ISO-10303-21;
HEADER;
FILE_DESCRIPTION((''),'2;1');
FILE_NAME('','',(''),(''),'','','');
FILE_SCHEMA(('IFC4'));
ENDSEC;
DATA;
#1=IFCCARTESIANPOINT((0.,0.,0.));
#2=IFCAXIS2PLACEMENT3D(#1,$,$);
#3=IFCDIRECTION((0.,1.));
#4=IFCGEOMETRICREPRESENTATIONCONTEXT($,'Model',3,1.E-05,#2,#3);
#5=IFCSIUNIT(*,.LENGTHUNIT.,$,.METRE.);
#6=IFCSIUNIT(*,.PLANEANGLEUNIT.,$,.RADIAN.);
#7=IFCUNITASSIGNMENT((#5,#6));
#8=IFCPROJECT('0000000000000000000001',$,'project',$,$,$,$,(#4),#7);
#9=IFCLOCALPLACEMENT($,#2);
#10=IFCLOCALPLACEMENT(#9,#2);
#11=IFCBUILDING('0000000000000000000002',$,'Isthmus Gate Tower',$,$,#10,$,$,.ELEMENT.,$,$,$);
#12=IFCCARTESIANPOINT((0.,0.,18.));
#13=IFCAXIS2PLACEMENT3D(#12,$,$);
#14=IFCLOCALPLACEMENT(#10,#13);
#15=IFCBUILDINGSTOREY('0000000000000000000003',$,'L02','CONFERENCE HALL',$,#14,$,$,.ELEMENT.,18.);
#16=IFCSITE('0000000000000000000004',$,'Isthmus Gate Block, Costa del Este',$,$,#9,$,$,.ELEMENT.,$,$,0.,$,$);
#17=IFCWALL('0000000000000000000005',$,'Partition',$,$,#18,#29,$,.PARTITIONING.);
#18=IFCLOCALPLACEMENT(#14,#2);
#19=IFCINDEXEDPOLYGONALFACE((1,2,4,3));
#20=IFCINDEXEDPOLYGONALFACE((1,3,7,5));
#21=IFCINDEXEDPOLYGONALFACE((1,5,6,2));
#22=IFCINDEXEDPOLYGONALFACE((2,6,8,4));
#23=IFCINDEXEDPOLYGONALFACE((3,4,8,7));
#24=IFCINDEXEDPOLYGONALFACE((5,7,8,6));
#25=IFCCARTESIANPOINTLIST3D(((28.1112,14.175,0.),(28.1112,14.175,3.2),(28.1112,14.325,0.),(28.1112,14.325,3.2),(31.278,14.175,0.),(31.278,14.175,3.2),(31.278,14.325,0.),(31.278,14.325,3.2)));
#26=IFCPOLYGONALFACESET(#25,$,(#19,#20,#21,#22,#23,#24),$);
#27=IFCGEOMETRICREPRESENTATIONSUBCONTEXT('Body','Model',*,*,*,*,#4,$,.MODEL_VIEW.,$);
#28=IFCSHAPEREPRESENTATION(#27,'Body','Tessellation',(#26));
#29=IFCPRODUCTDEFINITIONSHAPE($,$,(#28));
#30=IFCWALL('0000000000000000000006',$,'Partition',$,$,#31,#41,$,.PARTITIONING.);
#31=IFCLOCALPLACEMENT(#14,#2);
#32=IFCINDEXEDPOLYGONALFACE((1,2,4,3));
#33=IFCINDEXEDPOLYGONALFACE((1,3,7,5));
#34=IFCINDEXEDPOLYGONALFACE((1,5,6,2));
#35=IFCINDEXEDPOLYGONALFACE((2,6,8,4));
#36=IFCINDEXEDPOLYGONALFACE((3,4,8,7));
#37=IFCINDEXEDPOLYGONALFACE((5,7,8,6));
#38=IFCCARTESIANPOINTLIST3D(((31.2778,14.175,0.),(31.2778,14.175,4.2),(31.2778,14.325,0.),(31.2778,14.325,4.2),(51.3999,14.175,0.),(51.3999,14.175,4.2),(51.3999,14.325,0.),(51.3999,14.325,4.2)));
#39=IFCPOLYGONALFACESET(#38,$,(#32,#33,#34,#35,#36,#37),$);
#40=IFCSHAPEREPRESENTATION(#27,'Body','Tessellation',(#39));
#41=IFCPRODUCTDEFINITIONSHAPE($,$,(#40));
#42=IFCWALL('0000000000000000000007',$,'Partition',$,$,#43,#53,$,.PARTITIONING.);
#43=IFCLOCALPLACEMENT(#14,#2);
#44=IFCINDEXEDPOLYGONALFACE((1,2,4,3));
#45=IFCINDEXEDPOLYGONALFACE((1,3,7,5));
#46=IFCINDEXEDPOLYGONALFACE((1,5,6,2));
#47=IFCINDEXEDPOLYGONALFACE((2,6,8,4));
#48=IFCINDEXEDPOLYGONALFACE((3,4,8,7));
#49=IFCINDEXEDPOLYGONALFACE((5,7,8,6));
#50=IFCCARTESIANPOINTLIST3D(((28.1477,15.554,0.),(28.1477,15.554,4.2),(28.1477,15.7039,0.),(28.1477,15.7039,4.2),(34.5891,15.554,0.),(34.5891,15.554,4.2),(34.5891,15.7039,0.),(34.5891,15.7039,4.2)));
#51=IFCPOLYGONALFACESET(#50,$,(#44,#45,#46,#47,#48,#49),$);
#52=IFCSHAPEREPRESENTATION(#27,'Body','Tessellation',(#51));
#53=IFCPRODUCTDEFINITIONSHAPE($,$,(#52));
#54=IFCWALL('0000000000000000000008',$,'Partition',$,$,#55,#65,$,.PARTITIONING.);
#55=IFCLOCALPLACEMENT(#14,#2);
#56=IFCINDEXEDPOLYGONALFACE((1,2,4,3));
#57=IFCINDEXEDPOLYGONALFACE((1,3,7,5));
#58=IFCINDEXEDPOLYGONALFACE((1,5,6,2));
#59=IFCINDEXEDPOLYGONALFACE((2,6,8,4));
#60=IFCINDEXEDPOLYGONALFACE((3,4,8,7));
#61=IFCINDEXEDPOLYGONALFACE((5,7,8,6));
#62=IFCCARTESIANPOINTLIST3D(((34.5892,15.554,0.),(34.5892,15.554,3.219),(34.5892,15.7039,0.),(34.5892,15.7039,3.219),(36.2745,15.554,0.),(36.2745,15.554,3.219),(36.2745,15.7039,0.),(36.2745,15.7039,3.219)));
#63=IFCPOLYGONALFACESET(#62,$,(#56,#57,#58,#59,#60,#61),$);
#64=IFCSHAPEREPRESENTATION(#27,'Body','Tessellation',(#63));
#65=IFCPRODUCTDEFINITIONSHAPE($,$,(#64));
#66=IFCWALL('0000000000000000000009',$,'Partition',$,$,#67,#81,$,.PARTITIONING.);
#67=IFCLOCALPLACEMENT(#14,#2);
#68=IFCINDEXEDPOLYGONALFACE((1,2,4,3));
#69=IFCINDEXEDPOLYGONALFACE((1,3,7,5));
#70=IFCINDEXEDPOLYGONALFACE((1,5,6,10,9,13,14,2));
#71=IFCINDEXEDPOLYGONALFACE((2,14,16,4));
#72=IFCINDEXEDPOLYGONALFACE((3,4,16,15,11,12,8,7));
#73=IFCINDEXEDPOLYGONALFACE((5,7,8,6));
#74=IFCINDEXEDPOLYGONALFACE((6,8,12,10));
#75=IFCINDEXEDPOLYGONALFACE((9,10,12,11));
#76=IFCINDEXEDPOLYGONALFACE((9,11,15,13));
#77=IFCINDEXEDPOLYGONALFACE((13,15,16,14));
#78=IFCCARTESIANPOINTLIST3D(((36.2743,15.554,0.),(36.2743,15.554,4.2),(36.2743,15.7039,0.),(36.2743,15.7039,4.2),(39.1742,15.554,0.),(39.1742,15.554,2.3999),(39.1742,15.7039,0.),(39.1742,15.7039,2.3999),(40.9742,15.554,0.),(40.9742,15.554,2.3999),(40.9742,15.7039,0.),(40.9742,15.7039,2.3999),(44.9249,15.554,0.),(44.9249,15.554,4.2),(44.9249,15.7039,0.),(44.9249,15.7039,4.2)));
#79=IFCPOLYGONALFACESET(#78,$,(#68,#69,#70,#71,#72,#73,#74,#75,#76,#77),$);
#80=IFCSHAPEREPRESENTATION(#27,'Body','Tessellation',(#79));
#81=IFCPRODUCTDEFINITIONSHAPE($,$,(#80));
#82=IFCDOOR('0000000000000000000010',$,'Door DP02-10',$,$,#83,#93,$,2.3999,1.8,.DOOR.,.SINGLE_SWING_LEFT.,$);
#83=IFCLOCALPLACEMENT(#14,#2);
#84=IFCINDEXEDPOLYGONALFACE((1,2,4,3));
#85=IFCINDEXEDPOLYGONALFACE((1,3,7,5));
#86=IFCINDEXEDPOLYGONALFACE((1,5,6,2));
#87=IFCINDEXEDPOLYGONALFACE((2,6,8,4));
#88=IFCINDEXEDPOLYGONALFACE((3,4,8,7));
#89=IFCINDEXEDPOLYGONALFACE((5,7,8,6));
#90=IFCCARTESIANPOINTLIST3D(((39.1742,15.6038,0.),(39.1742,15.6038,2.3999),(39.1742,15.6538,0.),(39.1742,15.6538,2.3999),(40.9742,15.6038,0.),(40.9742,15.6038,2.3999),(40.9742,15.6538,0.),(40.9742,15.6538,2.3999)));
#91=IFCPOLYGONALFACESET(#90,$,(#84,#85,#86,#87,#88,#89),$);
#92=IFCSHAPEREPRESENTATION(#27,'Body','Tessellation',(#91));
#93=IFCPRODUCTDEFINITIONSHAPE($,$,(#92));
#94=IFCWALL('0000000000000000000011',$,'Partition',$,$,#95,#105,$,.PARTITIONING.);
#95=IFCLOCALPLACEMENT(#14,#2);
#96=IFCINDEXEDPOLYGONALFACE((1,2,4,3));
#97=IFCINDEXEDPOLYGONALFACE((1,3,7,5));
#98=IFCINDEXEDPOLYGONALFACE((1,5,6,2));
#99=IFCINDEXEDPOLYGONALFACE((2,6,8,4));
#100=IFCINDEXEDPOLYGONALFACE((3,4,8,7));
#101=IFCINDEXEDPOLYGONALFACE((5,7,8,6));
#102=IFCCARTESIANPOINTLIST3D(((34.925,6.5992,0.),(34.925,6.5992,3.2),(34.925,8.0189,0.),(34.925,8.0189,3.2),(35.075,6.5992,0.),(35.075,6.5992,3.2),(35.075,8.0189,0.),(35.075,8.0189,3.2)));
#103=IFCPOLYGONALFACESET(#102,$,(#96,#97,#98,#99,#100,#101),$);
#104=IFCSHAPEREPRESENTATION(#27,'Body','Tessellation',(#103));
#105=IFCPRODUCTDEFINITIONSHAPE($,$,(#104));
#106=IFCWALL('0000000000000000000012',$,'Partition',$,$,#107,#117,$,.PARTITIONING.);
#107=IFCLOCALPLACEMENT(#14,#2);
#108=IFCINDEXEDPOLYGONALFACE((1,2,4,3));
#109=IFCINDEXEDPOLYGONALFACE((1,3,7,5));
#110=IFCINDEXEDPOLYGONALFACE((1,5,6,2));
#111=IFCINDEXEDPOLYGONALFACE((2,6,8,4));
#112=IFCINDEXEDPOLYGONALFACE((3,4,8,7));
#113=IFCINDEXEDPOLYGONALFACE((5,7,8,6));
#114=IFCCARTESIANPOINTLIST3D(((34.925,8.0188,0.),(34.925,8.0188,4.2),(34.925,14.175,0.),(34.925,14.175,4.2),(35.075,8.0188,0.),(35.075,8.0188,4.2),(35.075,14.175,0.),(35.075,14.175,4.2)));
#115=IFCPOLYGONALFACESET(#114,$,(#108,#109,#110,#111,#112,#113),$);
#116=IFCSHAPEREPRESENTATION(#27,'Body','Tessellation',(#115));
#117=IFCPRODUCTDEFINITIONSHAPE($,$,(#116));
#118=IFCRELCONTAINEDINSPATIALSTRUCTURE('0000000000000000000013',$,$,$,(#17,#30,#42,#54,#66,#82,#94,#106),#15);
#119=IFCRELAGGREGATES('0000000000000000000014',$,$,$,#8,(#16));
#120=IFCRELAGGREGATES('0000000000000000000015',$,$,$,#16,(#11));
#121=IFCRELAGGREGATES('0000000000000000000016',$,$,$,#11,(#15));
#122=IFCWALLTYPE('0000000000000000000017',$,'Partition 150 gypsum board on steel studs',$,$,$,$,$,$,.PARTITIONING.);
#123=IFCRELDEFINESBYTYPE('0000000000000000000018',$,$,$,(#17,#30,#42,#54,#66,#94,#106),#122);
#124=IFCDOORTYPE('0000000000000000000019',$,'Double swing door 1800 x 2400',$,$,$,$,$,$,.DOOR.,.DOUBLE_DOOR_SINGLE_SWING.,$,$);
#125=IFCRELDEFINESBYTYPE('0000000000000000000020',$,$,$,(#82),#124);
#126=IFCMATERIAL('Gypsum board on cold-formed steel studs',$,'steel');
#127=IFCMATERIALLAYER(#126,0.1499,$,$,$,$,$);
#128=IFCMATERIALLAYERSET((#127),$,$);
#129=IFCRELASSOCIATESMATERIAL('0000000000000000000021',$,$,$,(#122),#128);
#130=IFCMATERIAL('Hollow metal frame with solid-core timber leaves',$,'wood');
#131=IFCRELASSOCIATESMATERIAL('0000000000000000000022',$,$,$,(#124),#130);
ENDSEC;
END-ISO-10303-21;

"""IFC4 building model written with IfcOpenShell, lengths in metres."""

from ifc_helpers import new_model, si_unit, direction, frame, frame_2d, origin, place, context, subcontext, project, spatial, rectangle, extrude, material, layer, layer_set, type_object, element, fill, save


model = new_model("IFC4")

# Units and contexts
model_context = context("Model", 3, precision=1e-05, world=origin(), true_north=direction((0.0, 1.0)))
body_context = subcontext(model_context, "Body", "Model", "MODEL_VIEW")
ifc_project = project(units=[si_unit("LENGTHUNIT", "METRE"), si_unit("PLANEANGLEUNIT", "RADIAN")], contexts=[model_context])

# Site, building, storey
site_placement = place(None, origin())
site = spatial("IfcSite", under=ifc_project, at=site_placement, Name="Isthmus Gate Block, Costa del Este", CompositionType="ELEMENT", RefElevation=0.0)
building_placement = place(site_placement, origin())
building = spatial("IfcBuilding", under=site, at=building_placement, Name="Isthmus Gate Tower", CompositionType="ELEMENT")
storey_placement = place(building_placement, frame((0.0, 0.0, 18.0)))
storey = spatial("IfcBuildingStorey", under=building, at=storey_placement, Name="L02", Description="CONFERENCE HALL", CompositionType="ELEMENT", Elevation=18.0)

# Walls
ifc_material_1 = material(Name="Gypsum board on cold-formed steel studs", Category="steel")
ifc_layer = layer(ifc_material_1, 0.1499)
ifc_layer_set = layer_set([ifc_layer])
wall_type = type_object("IfcWallType", Name="Partition 150 gypsum board on steel studs", PredefinedType="PARTITIONING", material=ifc_layer_set)
wall_1_placement = place(storey_placement, frame((28.1111, 14.25, 0.0), z_axis=(0.0, 0.0, 1.0), x_axis=(1.0, 0.0, 0.0)))
element("IfcWall", 1, at=wall_1_placement, inside=storey, type_object=wall_type, Name="Partition", PredefinedType="PARTITIONING", context=body_context, shape_type="SweptSolid", body=[
    extrude(rectangle(XDim=3.1667, YDim=0.1499, at=frame_2d((1.5835, 0.0))), origin(), (0.0, 0.0, 1.0), 3.2),
])
wall_2_placement = place(storey_placement, frame((31.2778, 14.25, 0.0), z_axis=(0.0, 0.0, 1.0), x_axis=(1.0, 0.0, 0.0)))
element("IfcWall", 2, at=wall_2_placement, inside=storey, type_object=wall_type, Name="Partition", PredefinedType="PARTITIONING", context=body_context, shape_type="SweptSolid", body=[
    extrude(rectangle(XDim=20.1221, YDim=0.1499, at=frame_2d((10.061, 0.0))), origin(), (0.0, 0.0, 1.0), 4.2),
])
wall_3_placement = place(storey_placement, frame((28.1477, 15.6289, 0.0), z_axis=(0.0, 0.0, 1.0), x_axis=(1.0, 0.0, 0.0)))
element("IfcWall", 3, at=wall_3_placement, inside=storey, type_object=wall_type, Name="Partition", PredefinedType="PARTITIONING", context=body_context, shape_type="SweptSolid", body=[
    extrude(rectangle(XDim=6.4414, YDim=0.1499, at=frame_2d((3.2207, 0.0))), origin(), (0.0, 0.0, 1.0), 4.2),
])
wall_4_placement = place(storey_placement, frame((34.5891, 15.6289, 0.0), z_axis=(0.0, 0.0, 1.0), x_axis=(1.0, 0.0, 0.0)))
element("IfcWall", 4, at=wall_4_placement, inside=storey, type_object=wall_type, Name="Partition", PredefinedType="PARTITIONING", context=body_context, shape_type="SweptSolid", body=[
    extrude(rectangle(XDim=1.6853, YDim=0.1499, at=frame_2d((0.8428, 0.0))), origin(), (0.0, 0.0, 1.0), 3.219),
])

# Wall, opening, door
wall_5_placement = place(storey_placement, frame((36.2744, 15.6289, 0.0), z_axis=(0.0, 0.0, 1.0), x_axis=(1.0, 0.0, 0.0)))
wall_5 = element("IfcWall", 5, at=wall_5_placement, inside=storey, type_object=wall_type, Name="Partition", PredefinedType="PARTITIONING", context=body_context, shape_type="SweptSolid", body=[
    extrude(rectangle(XDim=8.6506, YDim=0.1499, at=frame_2d((4.3252, 0.0))), origin(), (0.0, 0.0, 1.0), 4.2),
])
opening_placement = place(wall_5_placement, frame((2.8999, 0.0, 0.0)))
opening = element("IfcOpeningElement", 6, at=opening_placement, cuts=wall_5, PredefinedType="OPENING", context=body_context, shape_type="SweptSolid", body=[
    extrude(rectangle(XDim=1.8, YDim=2.3999, at=frame_2d((0.8999, 1.2))), frame((0.0, 0.085, 0.0), z_axis=(0.0, -1.0, 0.0), x_axis=(1.0, 0.0, 0.0)), (0.0, 0.0, 1.0), 0.1699),
])
ifc_material_2 = material(Name="Hollow metal frame with solid-core timber leaves", Category="wood")
door_type = type_object("IfcDoorType", Name="Double swing door 1800 x 2400", OperationType="DOUBLE_DOOR_SINGLE_SWING", PredefinedType="DOOR", material=ifc_material_2)
door_placement = place(opening_placement, origin())
door = element("IfcDoor", 7, at=door_placement, inside=storey, type_object=door_type, Name="Door DP02-10", OperationType="SINGLE_SWING_LEFT", OverallHeight=2.3999, OverallWidth=1.8, PredefinedType="DOOR", context=body_context, shape_type="SweptSolid", body=[
    extrude(rectangle(XDim=1.8, YDim=2.3999, at=frame_2d((0.8999, 1.2))), frame((0.0, 0.0249, 0.0), z_axis=(0.0, -1.0, 0.0), x_axis=(1.0, 0.0, 0.0)), (0.0, 0.0, 1.0), 0.05),
])
fill(opening, door)

# Walls
wall_6_placement = place(storey_placement, frame((35.0, 6.5991, 0.0), z_axis=(0.0, 0.0, 1.0), x_axis=(0.0, 1.0, 0.0)))
element("IfcWall", 8, at=wall_6_placement, inside=storey, type_object=wall_type, Name="Partition", PredefinedType="PARTITIONING", context=body_context, shape_type="SweptSolid", body=[
    extrude(rectangle(XDim=1.4197, YDim=0.1499, at=frame_2d((0.71, 0.0))), origin(), (0.0, 0.0, 1.0), 3.2),
])
wall_7_placement = place(storey_placement, frame((35.0, 8.0188, 0.0), z_axis=(0.0, 0.0, 1.0), x_axis=(0.0, 1.0, 0.0)))
element("IfcWall", 9, at=wall_7_placement, inside=storey, type_object=wall_type, Name="Partition", PredefinedType="PARTITIONING", context=body_context, shape_type="SweptSolid", body=[
    extrude(rectangle(XDim=6.1562, YDim=0.1499, at=frame_2d((3.0781, 0.0))), origin(), (0.0, 0.0, 1.0), 4.2),
])

save(model, "model.ifc")
